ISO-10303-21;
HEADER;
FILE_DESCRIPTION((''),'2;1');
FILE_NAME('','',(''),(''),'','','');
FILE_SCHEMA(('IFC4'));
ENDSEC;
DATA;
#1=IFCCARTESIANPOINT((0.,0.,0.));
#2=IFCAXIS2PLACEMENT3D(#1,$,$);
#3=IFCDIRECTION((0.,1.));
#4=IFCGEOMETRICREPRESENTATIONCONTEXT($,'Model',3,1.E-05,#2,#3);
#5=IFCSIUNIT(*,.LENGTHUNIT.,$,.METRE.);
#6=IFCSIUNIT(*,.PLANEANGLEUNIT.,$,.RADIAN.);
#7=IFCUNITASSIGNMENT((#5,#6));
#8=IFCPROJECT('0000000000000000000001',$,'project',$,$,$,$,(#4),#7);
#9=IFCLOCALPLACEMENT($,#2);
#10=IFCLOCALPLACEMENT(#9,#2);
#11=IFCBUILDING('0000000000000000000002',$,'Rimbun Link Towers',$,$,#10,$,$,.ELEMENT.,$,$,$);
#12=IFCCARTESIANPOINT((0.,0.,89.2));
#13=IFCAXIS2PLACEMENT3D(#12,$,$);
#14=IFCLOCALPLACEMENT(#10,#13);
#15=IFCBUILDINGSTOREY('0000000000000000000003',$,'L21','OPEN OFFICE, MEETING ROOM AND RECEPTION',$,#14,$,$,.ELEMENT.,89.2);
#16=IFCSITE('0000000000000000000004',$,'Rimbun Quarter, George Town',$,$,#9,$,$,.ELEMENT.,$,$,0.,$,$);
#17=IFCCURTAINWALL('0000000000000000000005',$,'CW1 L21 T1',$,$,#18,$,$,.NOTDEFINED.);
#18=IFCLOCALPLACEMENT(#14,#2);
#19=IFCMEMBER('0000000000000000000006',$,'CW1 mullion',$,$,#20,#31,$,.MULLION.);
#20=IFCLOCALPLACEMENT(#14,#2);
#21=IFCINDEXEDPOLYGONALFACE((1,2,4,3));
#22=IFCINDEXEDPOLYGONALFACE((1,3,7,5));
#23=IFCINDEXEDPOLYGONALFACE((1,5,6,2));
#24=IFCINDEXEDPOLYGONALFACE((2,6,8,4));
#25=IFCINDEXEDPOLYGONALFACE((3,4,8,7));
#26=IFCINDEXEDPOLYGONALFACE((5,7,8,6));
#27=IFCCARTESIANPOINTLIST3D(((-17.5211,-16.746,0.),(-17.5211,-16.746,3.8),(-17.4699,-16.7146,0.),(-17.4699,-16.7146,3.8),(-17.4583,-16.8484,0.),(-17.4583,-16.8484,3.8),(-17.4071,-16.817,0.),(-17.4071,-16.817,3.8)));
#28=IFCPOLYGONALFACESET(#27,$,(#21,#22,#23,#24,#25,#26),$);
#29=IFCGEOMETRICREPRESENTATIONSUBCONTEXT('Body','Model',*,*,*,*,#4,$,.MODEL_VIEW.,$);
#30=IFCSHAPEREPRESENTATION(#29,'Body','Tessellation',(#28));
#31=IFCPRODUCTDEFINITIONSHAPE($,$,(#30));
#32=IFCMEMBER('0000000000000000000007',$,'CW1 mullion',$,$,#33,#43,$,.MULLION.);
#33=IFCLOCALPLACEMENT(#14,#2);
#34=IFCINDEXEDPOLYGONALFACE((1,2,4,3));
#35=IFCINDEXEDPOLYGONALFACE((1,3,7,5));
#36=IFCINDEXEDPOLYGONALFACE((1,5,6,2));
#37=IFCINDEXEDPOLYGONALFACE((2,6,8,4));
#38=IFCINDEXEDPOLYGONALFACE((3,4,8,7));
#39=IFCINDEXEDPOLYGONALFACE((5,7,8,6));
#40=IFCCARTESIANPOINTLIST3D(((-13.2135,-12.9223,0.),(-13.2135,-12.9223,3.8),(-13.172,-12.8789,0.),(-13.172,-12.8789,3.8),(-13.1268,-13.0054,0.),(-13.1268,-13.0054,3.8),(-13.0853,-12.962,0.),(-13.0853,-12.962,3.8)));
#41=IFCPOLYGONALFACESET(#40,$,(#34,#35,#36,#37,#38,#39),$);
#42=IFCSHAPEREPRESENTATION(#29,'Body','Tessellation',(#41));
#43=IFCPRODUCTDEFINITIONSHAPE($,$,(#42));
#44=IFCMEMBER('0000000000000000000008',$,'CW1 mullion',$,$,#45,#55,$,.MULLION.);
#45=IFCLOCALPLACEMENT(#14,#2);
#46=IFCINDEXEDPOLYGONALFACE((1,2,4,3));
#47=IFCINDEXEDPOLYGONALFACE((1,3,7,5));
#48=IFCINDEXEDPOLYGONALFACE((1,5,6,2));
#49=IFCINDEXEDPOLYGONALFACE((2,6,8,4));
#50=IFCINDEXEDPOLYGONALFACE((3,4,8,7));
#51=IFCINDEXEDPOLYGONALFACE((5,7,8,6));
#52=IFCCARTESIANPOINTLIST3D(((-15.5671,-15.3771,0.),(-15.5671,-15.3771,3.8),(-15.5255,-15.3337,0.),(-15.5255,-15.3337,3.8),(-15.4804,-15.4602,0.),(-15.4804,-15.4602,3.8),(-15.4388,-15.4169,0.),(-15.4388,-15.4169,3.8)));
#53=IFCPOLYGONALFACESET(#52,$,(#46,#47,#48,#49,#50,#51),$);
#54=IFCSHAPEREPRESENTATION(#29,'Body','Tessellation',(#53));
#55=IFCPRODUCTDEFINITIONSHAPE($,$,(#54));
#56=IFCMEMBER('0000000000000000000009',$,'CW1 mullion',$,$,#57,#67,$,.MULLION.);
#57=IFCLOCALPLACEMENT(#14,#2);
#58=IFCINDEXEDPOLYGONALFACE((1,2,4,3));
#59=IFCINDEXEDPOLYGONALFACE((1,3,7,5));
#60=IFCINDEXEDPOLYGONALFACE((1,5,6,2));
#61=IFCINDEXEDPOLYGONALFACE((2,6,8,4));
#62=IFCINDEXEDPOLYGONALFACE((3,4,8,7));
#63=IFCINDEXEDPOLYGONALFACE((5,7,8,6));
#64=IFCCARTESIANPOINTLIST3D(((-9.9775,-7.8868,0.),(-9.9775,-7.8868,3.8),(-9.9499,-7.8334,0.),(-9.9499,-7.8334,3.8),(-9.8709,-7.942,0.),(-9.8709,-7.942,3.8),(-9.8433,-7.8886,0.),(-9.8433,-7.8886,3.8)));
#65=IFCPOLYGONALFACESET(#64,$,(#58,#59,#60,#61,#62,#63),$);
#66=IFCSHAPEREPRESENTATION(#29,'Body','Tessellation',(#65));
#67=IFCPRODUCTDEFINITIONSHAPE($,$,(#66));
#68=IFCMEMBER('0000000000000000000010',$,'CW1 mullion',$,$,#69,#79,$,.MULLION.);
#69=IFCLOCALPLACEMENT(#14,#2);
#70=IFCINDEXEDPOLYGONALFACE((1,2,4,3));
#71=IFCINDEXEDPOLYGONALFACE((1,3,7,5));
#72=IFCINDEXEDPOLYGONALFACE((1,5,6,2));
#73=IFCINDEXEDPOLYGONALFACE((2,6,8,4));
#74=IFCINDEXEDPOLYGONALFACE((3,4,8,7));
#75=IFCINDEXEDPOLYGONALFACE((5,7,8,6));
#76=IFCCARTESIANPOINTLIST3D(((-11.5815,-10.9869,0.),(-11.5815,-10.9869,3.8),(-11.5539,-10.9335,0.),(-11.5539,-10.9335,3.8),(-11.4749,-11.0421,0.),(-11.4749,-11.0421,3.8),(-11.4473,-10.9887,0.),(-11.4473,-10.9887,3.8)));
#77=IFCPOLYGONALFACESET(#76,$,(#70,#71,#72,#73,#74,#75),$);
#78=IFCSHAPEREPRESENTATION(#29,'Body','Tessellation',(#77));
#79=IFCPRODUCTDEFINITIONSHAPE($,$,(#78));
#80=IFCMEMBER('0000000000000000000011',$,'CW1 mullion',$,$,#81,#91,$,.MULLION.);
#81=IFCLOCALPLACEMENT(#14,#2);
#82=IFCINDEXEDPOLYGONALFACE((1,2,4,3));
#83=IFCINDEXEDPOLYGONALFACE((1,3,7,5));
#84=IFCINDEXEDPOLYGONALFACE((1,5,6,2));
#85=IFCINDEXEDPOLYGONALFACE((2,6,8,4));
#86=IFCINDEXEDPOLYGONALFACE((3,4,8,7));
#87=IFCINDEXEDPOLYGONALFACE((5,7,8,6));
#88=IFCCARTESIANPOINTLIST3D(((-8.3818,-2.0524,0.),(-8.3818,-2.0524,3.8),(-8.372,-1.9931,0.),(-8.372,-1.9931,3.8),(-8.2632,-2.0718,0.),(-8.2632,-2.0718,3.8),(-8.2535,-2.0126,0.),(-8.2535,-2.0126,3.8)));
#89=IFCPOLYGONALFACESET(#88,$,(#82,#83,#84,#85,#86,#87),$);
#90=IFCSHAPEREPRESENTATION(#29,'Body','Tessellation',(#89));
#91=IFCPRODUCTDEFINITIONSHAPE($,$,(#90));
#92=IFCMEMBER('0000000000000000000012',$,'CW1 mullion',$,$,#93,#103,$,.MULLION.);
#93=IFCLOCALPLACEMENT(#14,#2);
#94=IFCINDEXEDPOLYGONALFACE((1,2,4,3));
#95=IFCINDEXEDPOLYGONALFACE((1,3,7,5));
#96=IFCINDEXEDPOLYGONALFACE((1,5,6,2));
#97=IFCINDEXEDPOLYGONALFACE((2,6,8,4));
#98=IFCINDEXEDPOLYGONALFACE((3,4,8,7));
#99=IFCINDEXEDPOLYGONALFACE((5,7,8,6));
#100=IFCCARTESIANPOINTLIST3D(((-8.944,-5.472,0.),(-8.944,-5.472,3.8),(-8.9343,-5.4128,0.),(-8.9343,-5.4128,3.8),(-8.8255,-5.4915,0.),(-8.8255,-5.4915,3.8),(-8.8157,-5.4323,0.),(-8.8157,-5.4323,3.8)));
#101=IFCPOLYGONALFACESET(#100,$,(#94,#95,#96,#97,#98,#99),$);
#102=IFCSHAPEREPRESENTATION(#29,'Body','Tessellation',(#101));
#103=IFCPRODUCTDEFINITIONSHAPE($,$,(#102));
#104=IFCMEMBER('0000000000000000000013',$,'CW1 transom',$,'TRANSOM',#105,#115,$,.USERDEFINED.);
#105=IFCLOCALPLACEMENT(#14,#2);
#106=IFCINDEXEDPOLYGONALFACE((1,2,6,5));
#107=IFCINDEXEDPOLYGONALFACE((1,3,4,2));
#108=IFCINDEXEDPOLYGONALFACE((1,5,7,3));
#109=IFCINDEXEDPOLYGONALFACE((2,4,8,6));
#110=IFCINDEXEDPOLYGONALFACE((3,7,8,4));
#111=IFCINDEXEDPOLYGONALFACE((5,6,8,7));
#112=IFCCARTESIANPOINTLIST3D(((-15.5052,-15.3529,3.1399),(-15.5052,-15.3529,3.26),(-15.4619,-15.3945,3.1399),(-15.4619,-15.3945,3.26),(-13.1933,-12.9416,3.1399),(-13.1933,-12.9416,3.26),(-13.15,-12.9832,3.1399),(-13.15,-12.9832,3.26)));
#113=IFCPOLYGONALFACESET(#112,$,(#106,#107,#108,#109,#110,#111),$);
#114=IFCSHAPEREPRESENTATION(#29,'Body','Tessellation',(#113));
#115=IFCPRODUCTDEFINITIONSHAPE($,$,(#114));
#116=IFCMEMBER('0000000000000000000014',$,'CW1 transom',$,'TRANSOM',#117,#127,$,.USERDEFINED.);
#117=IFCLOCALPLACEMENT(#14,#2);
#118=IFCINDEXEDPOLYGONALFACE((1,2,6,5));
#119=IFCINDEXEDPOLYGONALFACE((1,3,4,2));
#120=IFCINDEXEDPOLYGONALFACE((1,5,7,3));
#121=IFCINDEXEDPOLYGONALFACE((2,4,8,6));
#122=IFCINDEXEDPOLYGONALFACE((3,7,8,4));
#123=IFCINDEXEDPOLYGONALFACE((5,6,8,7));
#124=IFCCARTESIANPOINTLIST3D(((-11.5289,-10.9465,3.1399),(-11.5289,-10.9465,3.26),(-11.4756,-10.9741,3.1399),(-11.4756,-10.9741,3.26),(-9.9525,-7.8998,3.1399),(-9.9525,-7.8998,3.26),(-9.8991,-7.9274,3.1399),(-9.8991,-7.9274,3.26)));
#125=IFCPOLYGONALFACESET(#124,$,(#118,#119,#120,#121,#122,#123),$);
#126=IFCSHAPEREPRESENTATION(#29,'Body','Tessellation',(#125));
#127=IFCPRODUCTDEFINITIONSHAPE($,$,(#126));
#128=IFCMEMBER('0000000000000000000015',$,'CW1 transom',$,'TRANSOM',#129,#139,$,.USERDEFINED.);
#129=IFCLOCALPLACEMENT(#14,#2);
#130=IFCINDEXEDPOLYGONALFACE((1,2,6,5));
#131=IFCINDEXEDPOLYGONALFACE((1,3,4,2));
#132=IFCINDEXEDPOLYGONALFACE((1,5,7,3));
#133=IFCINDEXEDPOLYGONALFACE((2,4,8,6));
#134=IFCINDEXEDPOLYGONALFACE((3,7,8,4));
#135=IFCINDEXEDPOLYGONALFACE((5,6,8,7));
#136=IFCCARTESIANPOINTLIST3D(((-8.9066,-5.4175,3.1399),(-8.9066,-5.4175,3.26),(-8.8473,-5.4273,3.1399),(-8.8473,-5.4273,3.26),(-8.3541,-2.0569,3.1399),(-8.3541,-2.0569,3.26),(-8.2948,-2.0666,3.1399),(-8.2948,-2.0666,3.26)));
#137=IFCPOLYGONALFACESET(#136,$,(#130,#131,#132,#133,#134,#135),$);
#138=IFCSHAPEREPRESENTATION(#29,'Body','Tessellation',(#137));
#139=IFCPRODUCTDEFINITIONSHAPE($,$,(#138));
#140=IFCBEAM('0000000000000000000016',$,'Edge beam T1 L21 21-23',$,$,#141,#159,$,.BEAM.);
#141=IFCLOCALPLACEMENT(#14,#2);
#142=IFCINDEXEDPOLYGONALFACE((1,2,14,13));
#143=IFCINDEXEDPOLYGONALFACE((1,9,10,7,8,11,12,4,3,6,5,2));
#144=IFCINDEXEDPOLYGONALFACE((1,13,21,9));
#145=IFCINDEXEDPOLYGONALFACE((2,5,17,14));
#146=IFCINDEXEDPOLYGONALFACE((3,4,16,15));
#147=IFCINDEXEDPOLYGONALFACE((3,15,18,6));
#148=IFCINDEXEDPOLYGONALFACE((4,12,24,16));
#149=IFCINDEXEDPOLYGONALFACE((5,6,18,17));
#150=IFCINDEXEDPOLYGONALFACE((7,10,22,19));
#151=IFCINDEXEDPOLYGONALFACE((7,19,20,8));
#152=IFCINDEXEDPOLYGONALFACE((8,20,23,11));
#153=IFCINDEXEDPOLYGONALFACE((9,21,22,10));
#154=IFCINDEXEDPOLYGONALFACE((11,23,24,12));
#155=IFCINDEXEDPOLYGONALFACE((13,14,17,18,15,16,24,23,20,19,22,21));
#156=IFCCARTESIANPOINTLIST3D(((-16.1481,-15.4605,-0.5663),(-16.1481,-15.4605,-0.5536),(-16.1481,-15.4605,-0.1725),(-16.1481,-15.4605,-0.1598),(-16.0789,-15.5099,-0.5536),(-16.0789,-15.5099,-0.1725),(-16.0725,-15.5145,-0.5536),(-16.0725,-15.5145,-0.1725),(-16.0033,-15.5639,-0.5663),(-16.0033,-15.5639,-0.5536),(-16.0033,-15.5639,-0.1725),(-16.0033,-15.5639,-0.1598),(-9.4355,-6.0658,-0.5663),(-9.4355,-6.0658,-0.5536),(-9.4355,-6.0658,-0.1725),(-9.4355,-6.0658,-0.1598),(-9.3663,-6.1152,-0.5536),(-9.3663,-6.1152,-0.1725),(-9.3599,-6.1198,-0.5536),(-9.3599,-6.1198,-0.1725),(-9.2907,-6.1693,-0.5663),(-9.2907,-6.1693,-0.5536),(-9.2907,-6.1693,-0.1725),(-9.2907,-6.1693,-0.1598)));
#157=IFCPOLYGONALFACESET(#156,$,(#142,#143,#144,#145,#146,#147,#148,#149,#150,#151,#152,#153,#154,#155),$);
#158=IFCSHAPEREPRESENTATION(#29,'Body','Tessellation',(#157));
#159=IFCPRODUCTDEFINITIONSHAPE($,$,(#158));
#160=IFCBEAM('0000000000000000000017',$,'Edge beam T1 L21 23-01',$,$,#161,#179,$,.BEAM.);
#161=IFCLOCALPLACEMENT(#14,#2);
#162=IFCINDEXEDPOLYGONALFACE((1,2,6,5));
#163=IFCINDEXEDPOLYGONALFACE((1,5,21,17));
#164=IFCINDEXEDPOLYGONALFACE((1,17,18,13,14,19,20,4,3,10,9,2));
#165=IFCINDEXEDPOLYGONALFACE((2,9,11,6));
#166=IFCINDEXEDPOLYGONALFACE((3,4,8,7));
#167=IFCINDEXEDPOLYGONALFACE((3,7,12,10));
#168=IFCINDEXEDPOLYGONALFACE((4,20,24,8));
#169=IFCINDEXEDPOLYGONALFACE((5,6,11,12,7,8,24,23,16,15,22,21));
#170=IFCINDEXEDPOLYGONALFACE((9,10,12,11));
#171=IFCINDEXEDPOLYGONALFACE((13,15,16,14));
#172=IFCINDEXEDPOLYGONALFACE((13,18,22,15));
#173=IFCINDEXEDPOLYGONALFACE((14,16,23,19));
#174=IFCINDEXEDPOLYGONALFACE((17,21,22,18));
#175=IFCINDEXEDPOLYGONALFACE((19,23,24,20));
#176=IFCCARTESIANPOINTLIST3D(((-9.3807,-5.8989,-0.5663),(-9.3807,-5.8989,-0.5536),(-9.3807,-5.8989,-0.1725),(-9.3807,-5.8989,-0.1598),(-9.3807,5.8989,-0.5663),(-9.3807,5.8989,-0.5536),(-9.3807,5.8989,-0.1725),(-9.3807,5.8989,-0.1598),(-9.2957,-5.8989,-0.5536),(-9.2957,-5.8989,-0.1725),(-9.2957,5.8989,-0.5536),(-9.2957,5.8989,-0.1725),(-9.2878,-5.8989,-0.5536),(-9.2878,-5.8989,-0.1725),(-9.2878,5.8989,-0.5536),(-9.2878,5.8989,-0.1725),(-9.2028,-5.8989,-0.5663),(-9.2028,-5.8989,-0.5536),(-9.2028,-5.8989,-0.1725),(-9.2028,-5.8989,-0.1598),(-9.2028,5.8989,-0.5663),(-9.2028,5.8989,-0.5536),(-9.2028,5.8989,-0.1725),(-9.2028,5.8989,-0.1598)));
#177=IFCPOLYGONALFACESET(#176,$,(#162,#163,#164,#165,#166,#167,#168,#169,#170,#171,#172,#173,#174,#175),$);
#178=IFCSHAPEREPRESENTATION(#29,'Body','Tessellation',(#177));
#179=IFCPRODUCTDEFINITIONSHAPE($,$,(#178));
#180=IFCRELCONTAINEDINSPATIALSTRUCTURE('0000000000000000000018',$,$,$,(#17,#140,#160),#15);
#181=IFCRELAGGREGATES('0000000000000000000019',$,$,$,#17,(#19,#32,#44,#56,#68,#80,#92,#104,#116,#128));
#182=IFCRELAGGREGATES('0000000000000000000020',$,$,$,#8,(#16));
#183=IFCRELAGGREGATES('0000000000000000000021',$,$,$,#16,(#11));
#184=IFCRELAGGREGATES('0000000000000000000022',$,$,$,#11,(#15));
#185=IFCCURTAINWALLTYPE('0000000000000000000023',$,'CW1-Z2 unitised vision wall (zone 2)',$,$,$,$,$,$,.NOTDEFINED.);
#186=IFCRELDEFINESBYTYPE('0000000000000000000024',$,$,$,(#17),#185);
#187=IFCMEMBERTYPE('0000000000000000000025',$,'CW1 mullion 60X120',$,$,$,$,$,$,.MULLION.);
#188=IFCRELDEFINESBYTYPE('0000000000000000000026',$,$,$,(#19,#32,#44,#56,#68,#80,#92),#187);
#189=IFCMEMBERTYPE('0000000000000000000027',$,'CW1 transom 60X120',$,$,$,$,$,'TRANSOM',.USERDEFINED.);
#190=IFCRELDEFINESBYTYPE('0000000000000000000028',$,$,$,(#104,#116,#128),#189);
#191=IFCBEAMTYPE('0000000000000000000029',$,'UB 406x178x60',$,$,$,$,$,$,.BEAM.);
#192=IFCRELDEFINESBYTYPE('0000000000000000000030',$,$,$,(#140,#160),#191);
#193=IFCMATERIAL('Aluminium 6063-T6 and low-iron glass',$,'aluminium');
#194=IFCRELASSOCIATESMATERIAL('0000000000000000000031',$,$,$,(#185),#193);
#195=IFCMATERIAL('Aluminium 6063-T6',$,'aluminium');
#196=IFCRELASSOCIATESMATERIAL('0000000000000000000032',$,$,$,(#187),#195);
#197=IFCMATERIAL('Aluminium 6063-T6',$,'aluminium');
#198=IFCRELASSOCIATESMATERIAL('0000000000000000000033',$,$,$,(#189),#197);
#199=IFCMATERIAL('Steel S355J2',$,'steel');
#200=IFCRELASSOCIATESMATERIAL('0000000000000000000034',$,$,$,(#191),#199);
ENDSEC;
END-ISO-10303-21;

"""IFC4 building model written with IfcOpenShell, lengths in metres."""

from ifc_helpers import new_model, si_unit, direction, frame, origin, origin_2d, place, context, subcontext, project, spatial, rectangle, i_section, extrude, material, material_profile, profile_set, type_object, element, aggregate, save


model = new_model("IFC4")

# Units and contexts
model_context = context("Model", 3, precision=1e-05, world=origin(), true_north=direction((0.0, 1.0)))
body_context = subcontext(model_context, "Body", "Model", "MODEL_VIEW")
ifc_project = project(units=[si_unit("LENGTHUNIT", "METRE"), si_unit("PLANEANGLEUNIT", "RADIAN")], contexts=[model_context])

# Site, building, storey
site_placement = place(None, origin())
site = spatial("IfcSite", under=ifc_project, at=site_placement, Name="Rimbun Quarter, George Town", CompositionType="ELEMENT", RefElevation=0.0)
building_placement = place(site_placement, origin())
building = spatial("IfcBuilding", under=site, at=building_placement, Name="Rimbun Link Towers", CompositionType="ELEMENT")
storey_placement = place(building_placement, frame((0.0, 0.0, 89.2)))
storey = spatial("IfcBuildingStorey", under=building, at=storey_placement, Name="L21", Description="OPEN OFFICE, MEETING ROOM AND RECEPTION", CompositionType="ELEMENT", Elevation=89.2)

# Curtain wall, members
ifc_material_1 = material(Name="Aluminium 6063-T6 and low-iron glass", Category="aluminium")
curtain_wall_type = type_object("IfcCurtainWallType", Name="CW1-Z2 unitised vision wall (zone 2)", PredefinedType="NOTDEFINED", material=ifc_material_1)
curtain_wall_placement = place(storey_placement, origin())
curtain_wall = element("IfcCurtainWall", 1, at=curtain_wall_placement, inside=storey, type_object=curtain_wall_type, Name="CW1 L21 T1", PredefinedType="NOTDEFINED")
ifc_material_2 = material(Name="Aluminium 6063-T6", Category="aluminium")
ifc_material_profile_1 = material_profile(ifc_material_2, rectangle(XDim=0.1201, YDim=0.0601, at=origin_2d()), Name="MULLION 60X120")
ifc_profile_set_1 = profile_set([ifc_material_profile_1], Name="Aluminium 6063-T6")
member_type_1 = type_object("IfcMemberType", Name="CW1 mullion 60X120", PredefinedType="MULLION", material=ifc_profile_set_1)
member_1_placement = place(storey_placement, frame((-17.4641, -16.7815, 0.0), z_axis=(0.0, 0.0, 1.0), x_axis=(0.523237, -0.852187, 0.0)))
member_1 = element("IfcMember", 2, at=member_1_placement, type_object=member_type_1, Name="CW1 mullion", PredefinedType="MULLION", context=body_context, shape_type="SweptSolid", body=[
    extrude(rectangle(XDim=0.1201, YDim=0.0601, at=origin_2d()), origin(), (0.0, 0.0, 1.0), 3.8),
])
member_2_placement = place(storey_placement, frame((-13.1494, -12.9421, 0.0), z_axis=(0.0, 0.0, 1.0), x_axis=(0.721839, -0.692061, 0.0)))
member_2 = element("IfcMember", 3, at=member_2_placement, type_object=member_type_1, Name="CW1 mullion", PredefinedType="MULLION", context=body_context, shape_type="SweptSolid", body=[
    extrude(rectangle(XDim=0.1201, YDim=0.0601, at=origin_2d()), origin(), (0.0, 0.0, 1.0), 3.8),
])
member_3_placement = place(storey_placement, frame((-15.5029, -15.397, 0.0), z_axis=(0.0, 0.0, 1.0), x_axis=(0.721839, -0.692061, 0.0)))
member_3 = element("IfcMember", 4, at=member_3_placement, type_object=member_type_1, Name="CW1 mullion", PredefinedType="MULLION", context=body_context, shape_type="SweptSolid", body=[
    extrude(rectangle(XDim=0.1201, YDim=0.0601, at=origin_2d()), origin(), (0.0, 0.0, 1.0), 3.8),
])
member_4_placement = place(storey_placement, frame((-9.9104, -7.8877, 0.0), z_axis=(0.0, 0.0, 1.0), x_axis=(0.888155, -0.459544, 0.0)))
member_4 = element("IfcMember", 5, at=member_4_placement, type_object=member_type_1, Name="CW1 mullion", PredefinedType="MULLION", context=body_context, shape_type="SweptSolid", body=[
    extrude(rectangle(XDim=0.1201, YDim=0.0601, at=origin_2d()), origin(), (0.0, 0.0, 1.0), 3.8),
])
member_5_placement = place(storey_placement, frame((-11.5144, -10.9878, 0.0), z_axis=(0.0, 0.0, 1.0), x_axis=(0.888155, -0.459544, 0.0)))
member_5 = element("IfcMember", 6, at=member_5_placement, type_object=member_type_1, Name="CW1 mullion", PredefinedType="MULLION", context=body_context, shape_type="SweptSolid", body=[
    extrude(rectangle(XDim=0.1201, YDim=0.0601, at=origin_2d()), origin(), (0.0, 0.0, 1.0), 3.8),
])
member_6_placement = place(storey_placement, frame((-8.3176, -2.0325, 0.0), z_axis=(0.0, 0.0, 1.0), x_axis=(0.986749, -0.162255, 0.0)))
member_6 = element("IfcMember", 7, at=member_6_placement, type_object=member_type_1, Name="CW1 mullion", PredefinedType="MULLION", context=body_context, shape_type="SweptSolid", body=[
    extrude(rectangle(XDim=0.1201, YDim=0.0601, at=origin_2d()), origin(), (0.0, 0.0, 1.0), 3.8),
])
member_7_placement = place(storey_placement, frame((-8.8799, -5.4521, 0.0), z_axis=(0.0, 0.0, 1.0), x_axis=(0.986749, -0.162255, 0.0)))
member_7 = element("IfcMember", 8, at=member_7_placement, type_object=member_type_1, Name="CW1 mullion", PredefinedType="MULLION", context=body_context, shape_type="SweptSolid", body=[
    extrude(rectangle(XDim=0.1201, YDim=0.0601, at=origin_2d()), origin(), (0.0, 0.0, 1.0), 3.8),
])
ifc_material_3 = material(Name="Aluminium 6063-T6", Category="aluminium")
ifc_material_profile_2 = material_profile(ifc_material_3, rectangle(XDim=0.0601, YDim=0.1201, at=origin_2d()), Name="TRANSOM 60X120")
ifc_profile_set_2 = profile_set([ifc_material_profile_2], Name="Aluminium 6063-T6")
member_type_2 = type_object("IfcMemberType", Name="CW1 transom 60X120", ElementType="TRANSOM", PredefinedType="USERDEFINED", material=ifc_profile_set_2)
member_8_placement = place(storey_placement, frame((-13.1716, -12.9624, 3.2), z_axis=(-0.692078, -0.721822, 0.0), x_axis=(0.721822, -0.692078, 0.0)))
member_8 = element("IfcMember", 9, at=member_8_placement, type_object=member_type_2, Name="CW1 transom", ObjectType="TRANSOM", PredefinedType="USERDEFINED", context=body_context, shape_type="SweptSolid", body=[
    extrude(rectangle(XDim=0.0601, YDim=0.1201, at=origin_2d()), origin(), (0.0, 0.0, 1.0), 3.3406),
])
member_9_placement = place(storey_placement, frame((-9.9258, -7.9136, 3.2), z_axis=(-0.459555, -0.88815, 0.0), x_axis=(0.88815, -0.459555, 0.0)))
member_9 = element("IfcMember", 10, at=member_9_placement, type_object=member_type_2, Name="CW1 transom", ObjectType="TRANSOM", PredefinedType="USERDEFINED", context=body_context, shape_type="SweptSolid", body=[
    extrude(rectangle(XDim=0.0601, YDim=0.1201, at=origin_2d()), origin(), (0.0, 0.0, 1.0), 3.4304),
])
member_10_placement = place(storey_placement, frame((-8.3245, -2.0618, 3.2), z_axis=(-0.162225, -0.986754, 0.0), x_axis=(0.986754, -0.162225, 0.0)))
member_10 = element("IfcMember", 11, at=member_10_placement, type_object=member_type_2, Name="CW1 transom", ObjectType="TRANSOM", PredefinedType="USERDEFINED", context=body_context, shape_type="SweptSolid", body=[
    extrude(rectangle(XDim=0.0601, YDim=0.1201, at=origin_2d()), origin(), (0.0, 0.0, 1.0), 3.4058),
])

# Beams
ifc_material_4 = material(Name="Steel S355J2", Category="steel")
ifc_material_profile_3 = material_profile(ifc_material_4, i_section(OverallWidth=0.178, OverallDepth=0.4065, WebThickness=0.0078, FlangeThickness=0.0127, at=origin_2d()), Name="UB 406x178x60")
ifc_profile_set_3 = profile_set([ifc_material_profile_3], Name="Steel S355J2")
beam_type = type_object("IfcBeamType", Name="UB 406x178x60", PredefinedType="BEAM", material=ifc_profile_set_3)
beam_1_placement = place(storey_placement, frame((-16.0757, -15.5122, -0.363), z_axis=(0.581358, 0.813648, 0.0), x_axis=(-0.813648, 0.581358, 0.0)))
element("IfcBeam", 12, at=beam_1_placement, inside=storey, type_object=beam_type, Name="Edge beam T1 L21 21-23", PredefinedType="BEAM", context=body_context, shape_type="SweptSolid", body=[
    extrude(i_section(OverallWidth=0.178, OverallDepth=0.4065, WebThickness=0.0078, FlangeThickness=0.0127, at=origin_2d()), origin(), (0.0, 0.0, 1.0), 11.5464),
])
beam_2_placement = place(storey_placement, frame((-9.2917, -5.8989, -0.363), z_axis=(0.0, 1.0, 0.0), x_axis=(-1.0, 0.0, 0.0)))
element("IfcBeam", 13, at=beam_2_placement, inside=storey, type_object=beam_type, Name="Edge beam T1 L21 23-01", PredefinedType="BEAM", context=body_context, shape_type="SweptSolid", body=[
    extrude(i_section(OverallWidth=0.178, OverallDepth=0.4065, WebThickness=0.0078, FlangeThickness=0.0127, at=origin_2d()), origin(), (0.0, 0.0, 1.0), 11.7979),
])

aggregate(curtain_wall, [member_1, member_2, member_3, member_4, member_5, member_6, member_7, member_8, member_9, member_10])

save(model, "model.ifc")
